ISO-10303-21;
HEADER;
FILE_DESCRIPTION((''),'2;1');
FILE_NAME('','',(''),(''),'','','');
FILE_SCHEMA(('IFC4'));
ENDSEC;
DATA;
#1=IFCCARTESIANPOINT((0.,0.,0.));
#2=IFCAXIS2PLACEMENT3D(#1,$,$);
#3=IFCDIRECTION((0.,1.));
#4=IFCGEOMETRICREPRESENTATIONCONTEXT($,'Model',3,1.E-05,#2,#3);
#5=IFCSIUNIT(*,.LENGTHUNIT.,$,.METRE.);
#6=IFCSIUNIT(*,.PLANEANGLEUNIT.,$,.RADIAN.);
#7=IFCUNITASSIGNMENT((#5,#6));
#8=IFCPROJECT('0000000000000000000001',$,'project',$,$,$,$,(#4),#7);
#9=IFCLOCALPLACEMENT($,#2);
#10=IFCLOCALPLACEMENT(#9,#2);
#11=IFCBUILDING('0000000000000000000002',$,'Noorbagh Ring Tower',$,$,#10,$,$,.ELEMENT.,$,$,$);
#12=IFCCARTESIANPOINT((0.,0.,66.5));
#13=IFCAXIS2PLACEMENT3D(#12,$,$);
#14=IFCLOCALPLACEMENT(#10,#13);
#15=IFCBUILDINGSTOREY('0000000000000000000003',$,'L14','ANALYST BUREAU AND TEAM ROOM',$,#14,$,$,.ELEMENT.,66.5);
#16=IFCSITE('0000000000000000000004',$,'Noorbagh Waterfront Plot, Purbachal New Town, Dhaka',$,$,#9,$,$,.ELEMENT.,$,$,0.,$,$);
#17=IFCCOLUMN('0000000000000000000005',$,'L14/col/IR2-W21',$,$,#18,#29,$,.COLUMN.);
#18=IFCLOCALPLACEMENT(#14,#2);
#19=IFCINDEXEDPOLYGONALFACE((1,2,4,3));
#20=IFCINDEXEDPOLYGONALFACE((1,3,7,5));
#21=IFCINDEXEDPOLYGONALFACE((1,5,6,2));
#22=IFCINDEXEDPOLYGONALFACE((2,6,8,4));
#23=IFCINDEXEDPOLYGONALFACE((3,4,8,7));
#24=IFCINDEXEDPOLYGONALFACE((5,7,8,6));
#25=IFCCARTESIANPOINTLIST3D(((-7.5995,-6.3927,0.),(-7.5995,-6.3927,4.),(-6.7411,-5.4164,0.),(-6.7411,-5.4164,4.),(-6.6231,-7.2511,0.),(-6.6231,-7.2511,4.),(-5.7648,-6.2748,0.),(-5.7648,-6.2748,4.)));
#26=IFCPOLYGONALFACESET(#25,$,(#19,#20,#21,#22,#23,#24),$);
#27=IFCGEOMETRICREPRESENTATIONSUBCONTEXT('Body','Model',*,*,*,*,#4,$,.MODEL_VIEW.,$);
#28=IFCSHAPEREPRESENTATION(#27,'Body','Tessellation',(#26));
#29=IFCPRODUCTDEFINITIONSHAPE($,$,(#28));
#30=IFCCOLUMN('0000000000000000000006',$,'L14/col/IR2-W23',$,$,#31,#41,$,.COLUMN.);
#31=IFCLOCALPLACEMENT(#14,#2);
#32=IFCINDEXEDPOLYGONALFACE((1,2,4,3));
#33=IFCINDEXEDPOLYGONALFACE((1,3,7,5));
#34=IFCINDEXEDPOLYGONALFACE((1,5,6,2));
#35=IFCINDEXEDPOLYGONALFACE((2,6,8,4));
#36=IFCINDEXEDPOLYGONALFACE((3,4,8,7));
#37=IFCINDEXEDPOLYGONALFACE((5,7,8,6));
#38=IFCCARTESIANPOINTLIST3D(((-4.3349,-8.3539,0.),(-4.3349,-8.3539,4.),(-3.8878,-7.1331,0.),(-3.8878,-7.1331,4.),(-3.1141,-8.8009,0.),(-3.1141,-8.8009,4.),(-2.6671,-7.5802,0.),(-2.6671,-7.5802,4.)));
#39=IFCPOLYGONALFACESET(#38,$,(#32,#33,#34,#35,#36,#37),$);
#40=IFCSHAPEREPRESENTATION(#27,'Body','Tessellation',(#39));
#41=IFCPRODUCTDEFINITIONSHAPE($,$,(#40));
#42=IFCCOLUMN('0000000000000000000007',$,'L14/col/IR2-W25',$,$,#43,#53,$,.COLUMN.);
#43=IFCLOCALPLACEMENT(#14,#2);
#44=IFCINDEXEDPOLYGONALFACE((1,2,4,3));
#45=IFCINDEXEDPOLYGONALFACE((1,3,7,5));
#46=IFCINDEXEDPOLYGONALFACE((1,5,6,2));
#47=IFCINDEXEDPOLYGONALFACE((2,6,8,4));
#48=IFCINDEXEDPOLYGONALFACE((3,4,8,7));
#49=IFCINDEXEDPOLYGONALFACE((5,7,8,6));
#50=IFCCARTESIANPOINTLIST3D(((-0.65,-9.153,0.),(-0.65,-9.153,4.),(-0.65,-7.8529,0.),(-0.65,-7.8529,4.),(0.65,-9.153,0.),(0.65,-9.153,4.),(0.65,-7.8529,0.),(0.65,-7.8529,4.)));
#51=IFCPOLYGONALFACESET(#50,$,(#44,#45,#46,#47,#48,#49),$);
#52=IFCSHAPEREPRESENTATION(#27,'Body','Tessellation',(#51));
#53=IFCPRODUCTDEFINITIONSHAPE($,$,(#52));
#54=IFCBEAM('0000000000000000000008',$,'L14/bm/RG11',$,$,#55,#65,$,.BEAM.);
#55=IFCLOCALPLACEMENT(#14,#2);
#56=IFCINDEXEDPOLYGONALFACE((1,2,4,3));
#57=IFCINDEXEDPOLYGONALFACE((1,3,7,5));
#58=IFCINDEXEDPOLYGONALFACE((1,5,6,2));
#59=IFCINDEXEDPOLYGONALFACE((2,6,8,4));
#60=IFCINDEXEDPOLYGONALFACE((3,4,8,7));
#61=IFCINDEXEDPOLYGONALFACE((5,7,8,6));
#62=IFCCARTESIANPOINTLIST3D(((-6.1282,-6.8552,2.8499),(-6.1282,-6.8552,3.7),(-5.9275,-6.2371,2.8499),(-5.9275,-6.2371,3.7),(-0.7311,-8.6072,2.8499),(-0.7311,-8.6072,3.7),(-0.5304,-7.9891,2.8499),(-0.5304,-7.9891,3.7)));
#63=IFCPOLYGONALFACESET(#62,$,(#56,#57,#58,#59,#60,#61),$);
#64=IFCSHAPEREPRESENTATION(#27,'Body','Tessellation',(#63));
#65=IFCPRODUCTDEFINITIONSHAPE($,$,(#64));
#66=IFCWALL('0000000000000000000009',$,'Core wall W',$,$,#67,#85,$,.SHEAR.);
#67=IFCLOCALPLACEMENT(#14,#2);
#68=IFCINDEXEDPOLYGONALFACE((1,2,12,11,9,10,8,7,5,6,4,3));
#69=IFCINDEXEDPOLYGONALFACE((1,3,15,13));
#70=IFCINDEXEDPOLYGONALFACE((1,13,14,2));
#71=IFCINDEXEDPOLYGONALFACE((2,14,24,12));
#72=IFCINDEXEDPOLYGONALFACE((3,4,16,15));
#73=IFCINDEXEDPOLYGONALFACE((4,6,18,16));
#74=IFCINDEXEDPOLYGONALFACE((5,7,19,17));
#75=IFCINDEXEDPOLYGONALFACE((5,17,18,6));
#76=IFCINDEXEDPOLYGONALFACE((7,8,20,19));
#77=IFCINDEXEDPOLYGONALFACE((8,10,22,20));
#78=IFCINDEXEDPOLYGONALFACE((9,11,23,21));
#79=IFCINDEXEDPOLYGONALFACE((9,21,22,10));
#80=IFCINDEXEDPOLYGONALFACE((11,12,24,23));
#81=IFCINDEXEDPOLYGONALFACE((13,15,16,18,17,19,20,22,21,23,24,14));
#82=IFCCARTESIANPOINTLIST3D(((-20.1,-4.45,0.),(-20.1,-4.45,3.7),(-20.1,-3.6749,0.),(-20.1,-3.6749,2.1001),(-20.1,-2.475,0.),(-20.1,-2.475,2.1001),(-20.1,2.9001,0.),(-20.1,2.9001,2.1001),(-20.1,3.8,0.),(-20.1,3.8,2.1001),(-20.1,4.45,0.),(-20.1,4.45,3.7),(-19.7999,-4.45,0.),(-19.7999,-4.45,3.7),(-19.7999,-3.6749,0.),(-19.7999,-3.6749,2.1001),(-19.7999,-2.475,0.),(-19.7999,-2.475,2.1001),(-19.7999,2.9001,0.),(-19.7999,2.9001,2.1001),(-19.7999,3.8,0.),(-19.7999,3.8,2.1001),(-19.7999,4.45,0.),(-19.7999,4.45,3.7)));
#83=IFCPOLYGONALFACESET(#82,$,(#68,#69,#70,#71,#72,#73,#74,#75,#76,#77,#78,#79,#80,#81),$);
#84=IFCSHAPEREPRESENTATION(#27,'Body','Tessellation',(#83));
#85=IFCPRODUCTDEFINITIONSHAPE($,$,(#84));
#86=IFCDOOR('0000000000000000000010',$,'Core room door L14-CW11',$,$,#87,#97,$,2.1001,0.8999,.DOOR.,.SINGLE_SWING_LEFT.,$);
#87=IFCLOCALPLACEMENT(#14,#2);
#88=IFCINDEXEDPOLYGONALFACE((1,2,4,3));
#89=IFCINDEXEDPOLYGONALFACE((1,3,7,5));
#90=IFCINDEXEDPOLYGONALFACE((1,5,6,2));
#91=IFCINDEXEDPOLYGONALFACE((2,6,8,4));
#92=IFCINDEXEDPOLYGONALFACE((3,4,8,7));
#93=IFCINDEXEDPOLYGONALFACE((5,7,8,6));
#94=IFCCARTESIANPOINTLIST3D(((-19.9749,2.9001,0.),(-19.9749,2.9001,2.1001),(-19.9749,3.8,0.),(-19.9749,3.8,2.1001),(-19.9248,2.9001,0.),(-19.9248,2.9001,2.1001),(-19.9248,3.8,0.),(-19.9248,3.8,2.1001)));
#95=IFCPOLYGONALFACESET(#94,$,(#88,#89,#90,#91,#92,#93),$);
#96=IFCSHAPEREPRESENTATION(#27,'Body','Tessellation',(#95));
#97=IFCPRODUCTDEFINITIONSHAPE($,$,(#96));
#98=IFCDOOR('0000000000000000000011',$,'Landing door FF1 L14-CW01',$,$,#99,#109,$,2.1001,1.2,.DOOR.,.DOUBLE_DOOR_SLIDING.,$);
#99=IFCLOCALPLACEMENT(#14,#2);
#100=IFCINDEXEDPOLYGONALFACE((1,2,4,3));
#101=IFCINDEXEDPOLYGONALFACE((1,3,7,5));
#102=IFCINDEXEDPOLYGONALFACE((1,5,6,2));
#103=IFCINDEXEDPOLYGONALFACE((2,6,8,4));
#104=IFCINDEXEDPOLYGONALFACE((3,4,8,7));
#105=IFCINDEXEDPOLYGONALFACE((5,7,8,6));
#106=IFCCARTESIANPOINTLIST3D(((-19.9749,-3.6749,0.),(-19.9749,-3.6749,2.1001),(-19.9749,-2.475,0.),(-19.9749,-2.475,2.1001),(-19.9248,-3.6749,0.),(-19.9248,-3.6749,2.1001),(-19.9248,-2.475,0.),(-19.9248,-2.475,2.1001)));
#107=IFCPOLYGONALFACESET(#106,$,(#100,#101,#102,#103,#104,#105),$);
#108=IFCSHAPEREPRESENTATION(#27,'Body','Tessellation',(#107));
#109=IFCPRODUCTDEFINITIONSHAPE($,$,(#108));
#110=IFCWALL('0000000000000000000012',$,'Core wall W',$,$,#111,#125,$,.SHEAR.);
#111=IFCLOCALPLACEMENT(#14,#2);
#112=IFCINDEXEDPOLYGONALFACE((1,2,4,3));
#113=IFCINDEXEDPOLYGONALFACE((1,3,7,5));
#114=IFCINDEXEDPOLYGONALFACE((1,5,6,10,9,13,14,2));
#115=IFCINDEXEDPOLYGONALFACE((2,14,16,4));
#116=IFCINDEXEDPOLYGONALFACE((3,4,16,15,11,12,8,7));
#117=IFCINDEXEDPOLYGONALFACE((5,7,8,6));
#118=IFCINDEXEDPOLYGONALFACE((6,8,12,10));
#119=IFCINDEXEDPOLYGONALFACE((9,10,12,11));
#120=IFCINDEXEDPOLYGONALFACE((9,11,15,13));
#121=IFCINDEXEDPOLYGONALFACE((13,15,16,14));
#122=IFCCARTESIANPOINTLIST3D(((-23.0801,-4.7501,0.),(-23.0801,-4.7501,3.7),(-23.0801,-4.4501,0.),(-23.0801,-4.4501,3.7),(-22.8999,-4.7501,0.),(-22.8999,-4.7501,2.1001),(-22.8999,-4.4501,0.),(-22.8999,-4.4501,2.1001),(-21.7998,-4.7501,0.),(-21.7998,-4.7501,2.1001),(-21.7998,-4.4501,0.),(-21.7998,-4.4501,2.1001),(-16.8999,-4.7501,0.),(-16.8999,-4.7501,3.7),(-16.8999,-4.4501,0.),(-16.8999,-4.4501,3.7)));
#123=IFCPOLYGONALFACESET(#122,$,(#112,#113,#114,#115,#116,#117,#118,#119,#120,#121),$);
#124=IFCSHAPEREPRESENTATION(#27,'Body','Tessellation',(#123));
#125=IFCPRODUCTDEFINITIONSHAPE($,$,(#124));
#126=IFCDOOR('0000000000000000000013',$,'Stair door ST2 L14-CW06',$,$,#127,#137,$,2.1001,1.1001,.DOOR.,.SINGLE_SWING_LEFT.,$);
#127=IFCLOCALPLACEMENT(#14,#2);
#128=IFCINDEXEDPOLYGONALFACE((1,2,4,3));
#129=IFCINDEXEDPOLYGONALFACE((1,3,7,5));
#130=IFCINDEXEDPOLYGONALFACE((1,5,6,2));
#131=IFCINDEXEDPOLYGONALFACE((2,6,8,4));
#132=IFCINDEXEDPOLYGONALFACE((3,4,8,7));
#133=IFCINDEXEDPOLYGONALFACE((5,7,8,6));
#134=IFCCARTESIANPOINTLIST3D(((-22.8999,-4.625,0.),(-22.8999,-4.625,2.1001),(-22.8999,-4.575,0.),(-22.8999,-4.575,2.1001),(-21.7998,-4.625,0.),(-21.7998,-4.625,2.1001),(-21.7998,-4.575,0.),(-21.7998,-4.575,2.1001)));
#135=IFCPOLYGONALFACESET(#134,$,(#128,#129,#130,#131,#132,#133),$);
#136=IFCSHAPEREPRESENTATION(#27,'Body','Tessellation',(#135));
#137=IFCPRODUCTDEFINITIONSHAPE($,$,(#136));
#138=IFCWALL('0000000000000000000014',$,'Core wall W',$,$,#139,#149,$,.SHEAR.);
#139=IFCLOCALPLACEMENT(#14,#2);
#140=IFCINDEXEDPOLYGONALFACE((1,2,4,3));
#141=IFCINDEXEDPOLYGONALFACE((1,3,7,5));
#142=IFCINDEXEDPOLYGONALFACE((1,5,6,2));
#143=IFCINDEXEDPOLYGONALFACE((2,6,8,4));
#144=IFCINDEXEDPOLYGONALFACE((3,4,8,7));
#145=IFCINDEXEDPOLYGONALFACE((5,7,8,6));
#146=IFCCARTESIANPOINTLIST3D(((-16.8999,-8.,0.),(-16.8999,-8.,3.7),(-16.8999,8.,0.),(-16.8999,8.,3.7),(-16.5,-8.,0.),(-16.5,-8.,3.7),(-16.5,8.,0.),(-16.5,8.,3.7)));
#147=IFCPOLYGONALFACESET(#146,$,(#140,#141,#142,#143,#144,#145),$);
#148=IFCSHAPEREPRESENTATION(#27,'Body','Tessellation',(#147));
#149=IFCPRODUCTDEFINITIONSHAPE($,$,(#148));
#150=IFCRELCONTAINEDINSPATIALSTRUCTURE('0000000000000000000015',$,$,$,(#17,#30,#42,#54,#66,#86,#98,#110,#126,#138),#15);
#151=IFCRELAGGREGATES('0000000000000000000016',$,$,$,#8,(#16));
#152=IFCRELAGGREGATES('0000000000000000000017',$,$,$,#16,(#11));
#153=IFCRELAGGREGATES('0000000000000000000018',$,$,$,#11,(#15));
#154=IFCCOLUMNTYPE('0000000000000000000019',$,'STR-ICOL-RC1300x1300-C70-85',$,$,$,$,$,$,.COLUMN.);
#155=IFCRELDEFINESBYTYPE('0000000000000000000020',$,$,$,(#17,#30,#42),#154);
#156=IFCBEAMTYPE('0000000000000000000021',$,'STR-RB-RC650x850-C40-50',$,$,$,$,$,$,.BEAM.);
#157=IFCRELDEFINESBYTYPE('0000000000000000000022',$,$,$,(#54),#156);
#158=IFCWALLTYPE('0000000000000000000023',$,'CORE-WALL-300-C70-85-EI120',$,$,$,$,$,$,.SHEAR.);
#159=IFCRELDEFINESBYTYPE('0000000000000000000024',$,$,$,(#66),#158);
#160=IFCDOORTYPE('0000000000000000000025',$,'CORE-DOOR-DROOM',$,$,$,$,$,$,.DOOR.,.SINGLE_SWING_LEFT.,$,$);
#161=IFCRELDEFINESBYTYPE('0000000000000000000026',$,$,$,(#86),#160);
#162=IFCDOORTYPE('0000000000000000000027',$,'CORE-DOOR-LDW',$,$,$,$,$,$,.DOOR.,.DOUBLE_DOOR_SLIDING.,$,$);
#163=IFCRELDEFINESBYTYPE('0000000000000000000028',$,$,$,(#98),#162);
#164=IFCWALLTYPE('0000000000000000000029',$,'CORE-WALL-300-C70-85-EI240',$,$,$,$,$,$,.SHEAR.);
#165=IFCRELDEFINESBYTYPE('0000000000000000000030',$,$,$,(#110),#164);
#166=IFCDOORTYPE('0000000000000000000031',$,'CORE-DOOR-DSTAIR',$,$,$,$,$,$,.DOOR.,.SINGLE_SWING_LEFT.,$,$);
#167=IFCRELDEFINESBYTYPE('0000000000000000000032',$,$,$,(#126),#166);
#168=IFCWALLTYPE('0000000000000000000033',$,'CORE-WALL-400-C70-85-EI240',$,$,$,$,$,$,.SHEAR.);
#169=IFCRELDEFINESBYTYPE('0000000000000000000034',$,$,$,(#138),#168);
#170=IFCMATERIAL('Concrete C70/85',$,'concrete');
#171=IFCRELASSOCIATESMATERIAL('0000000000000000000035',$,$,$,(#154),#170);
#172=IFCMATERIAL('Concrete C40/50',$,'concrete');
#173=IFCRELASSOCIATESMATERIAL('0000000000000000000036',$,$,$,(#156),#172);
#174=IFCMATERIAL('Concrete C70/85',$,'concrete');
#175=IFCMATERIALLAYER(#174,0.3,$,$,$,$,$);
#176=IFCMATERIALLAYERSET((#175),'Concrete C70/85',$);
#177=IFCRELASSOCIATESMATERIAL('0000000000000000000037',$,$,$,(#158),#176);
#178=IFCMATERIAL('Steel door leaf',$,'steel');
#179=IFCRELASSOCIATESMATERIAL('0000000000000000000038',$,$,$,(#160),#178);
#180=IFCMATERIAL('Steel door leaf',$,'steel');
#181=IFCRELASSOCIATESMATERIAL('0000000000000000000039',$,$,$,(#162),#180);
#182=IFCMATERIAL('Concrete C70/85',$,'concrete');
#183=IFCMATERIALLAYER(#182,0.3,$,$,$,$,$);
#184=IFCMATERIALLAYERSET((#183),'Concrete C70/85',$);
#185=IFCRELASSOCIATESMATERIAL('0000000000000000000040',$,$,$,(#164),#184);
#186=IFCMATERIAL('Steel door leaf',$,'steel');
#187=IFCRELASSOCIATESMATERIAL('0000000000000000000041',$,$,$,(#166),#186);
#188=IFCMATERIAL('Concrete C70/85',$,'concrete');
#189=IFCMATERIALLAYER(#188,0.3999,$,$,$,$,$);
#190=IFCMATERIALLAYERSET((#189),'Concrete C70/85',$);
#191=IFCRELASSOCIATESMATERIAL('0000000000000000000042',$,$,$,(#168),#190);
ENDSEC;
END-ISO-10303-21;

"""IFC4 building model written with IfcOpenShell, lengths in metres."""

from ifc_helpers import new_model, si_unit, direction, frame, frame_2d, origin, origin_2d, place, context, subcontext, project, spatial, rectangle, extrude, material, layer, layer_set, material_profile, profile_set, type_object, element, fill, save


model = new_model("IFC4")

# Units and contexts
model_context = context("Model", 3, precision=1e-05, world=origin(), true_north=direction((0.0, 1.0)))
body_context = subcontext(model_context, "Body", "Model", "MODEL_VIEW")
ifc_project = project(units=[si_unit("LENGTHUNIT", "METRE"), si_unit("PLANEANGLEUNIT", "RADIAN")], contexts=[model_context])

# Site, building, storey
site_placement = place(None, origin())
site = spatial("IfcSite", under=ifc_project, at=site_placement, Name="Noorbagh Waterfront Plot, Purbachal New Town, Dhaka", CompositionType="ELEMENT", RefElevation=0.0)
building_placement = place(site_placement, origin())
building = spatial("IfcBuilding", under=site, at=building_placement, Name="Noorbagh Ring Tower", CompositionType="ELEMENT")
storey_placement = place(building_placement, frame((0.0, 0.0, 66.5)))
storey = spatial("IfcBuildingStorey", under=building, at=storey_placement, Name="L14", Description="ANALYST BUREAU AND TEAM ROOM", CompositionType="ELEMENT", Elevation=66.5)

# Columns
ifc_material_1 = material(Name="Concrete C70/85", Category="concrete")
ifc_material_profile_1 = material_profile(ifc_material_1, rectangle(XDim=1.3, YDim=1.3, at=origin_2d()), Name="RC1300x1300")
ifc_profile_set_1 = profile_set([ifc_material_profile_1], Name="Concrete C70/85")
column_type = type_object("IfcColumnType", Name="STR-ICOL-RC1300x1300-C70-85", PredefinedType="COLUMN", material=ifc_profile_set_1)
for number, where, z_axis, x_axis, name in (
    (1, (-6.6821, -6.3337, 0.0), (0.0, 0.0, 1.0), (0.751022, -0.660277, 0.0), "L14/col/IR2-W21"),
    (2, (-3.501, -7.967, 0.0), (0.0, 0.0, 1.0), (0.93902, -0.343864, 0.0), "L14/col/IR2-W23"),
    (3, (0.0, -8.5029, 0.0), (0.0, 0.0, 1.0), (1.0, 0.0, 0.0), "L14/col/IR2-W25"),
):
    element("IfcColumn", number, at=place(storey_placement, frame(where, z_axis=z_axis, x_axis=x_axis)), inside=storey, type_object=column_type, Name=name, PredefinedType="COLUMN", context=body_context, shape_type="SweptSolid", body=[
        extrude(rectangle(XDim=1.3, YDim=1.3, at=origin_2d()), origin(), (0.0, 0.0, 1.0), 4.0),
    ])

# Beam
ifc_material_2 = material(Name="Concrete C40/50", Category="concrete")
ifc_material_profile_2 = material_profile(ifc_material_2, rectangle(XDim=0.6499, YDim=0.8501, at=origin_2d()), Name="RC650x850")
ifc_profile_set_2 = profile_set([ifc_material_profile_2], Name="Concrete C40/50")
beam_type = type_object("IfcBeamType", Name="STR-RB-RC650x850-C40-50", PredefinedType="BEAM", material=ifc_profile_set_2)
beam_placement = place(storey_placement, frame((-6.0278, -6.5461, 3.2749), z_axis=(0.951141, -0.308757, 0.0), x_axis=(0.308757, 0.951141, 0.0)))
element("IfcBeam", 4, at=beam_placement, inside=storey, type_object=beam_type, Name="L14/bm/RG11", PredefinedType="BEAM", context=body_context, shape_type="SweptSolid", body=[
    extrude(rectangle(XDim=0.6499, YDim=0.8501, at=origin_2d()), origin(), (0.0, 0.0, 1.0), 5.6743),
])

# Wall, openings, doors
ifc_material_3 = material(Name="Concrete C70/85", Category="concrete")
ifc_layer_1 = layer(ifc_material_3, 0.3)
ifc_layer_set_1 = layer_set([ifc_layer_1], Name="Concrete C70/85")
wall_type_1 = type_object("IfcWallType", Name="CORE-WALL-300-C70-85-EI120", PredefinedType="SHEAR", material=ifc_layer_set_1)
wall_1_placement = place(storey_placement, frame((-19.95, -4.45, 0.0), z_axis=(0.0, 0.0, 1.0), x_axis=(0.0, 1.0, 0.0)))
wall_1 = element("IfcWall", 5, at=wall_1_placement, inside=storey, type_object=wall_type_1, Name="Core wall W", PredefinedType="SHEAR", context=body_context, shape_type="SweptSolid", body=[
    extrude(rectangle(XDim=8.8999, YDim=0.3, at=frame_2d((4.45, 0.0))), origin(), (0.0, 0.0, 1.0), 3.7),
])
opening_1_placement = place(wall_1_placement, frame((0.7749, 0.0, 0.0)))
opening_1 = element("IfcOpeningElement", 6, at=opening_1_placement, cuts=wall_1, PredefinedType="OPENING", context=body_context, shape_type="SweptSolid", body=[
    extrude(rectangle(XDim=1.2, YDim=2.1001, at=frame_2d((0.6001, 1.05))), frame((0.0, 0.1602, 0.0), z_axis=(0.0, -1.0, 0.0), x_axis=(1.0, 0.0, 0.0)), (0.0, 0.0, 1.0), 0.3201),
])
opening_2_placement = place(wall_1_placement, frame((7.3501, 0.0, 0.0)))
opening_2 = element("IfcOpeningElement", 7, at=opening_2_placement, cuts=wall_1, PredefinedType="OPENING", context=body_context, shape_type="SweptSolid", body=[
    extrude(rectangle(XDim=0.8999, YDim=2.1001, at=frame_2d((0.45, 1.05))), frame((0.0, 0.1602, 0.0), z_axis=(0.0, -1.0, 0.0), x_axis=(1.0, 0.0, 0.0)), (0.0, 0.0, 1.0), 0.3201),
])
ifc_material_4 = material(Name="Steel door leaf", Category="steel")
door_type_1 = type_object("IfcDoorType", Name="CORE-DOOR-DROOM", OperationType="SINGLE_SWING_LEFT", PredefinedType="DOOR", material=ifc_material_4)
door_1_placement = place(opening_2_placement, origin())
door_1 = element("IfcDoor", 8, at=door_1_placement, inside=storey, type_object=door_type_1, Name="Core room door L14-CW11", OperationType="SINGLE_SWING_LEFT", OverallHeight=2.1001, OverallWidth=0.8999, PredefinedType="DOOR", context=body_context, shape_type="SweptSolid", body=[
    extrude(rectangle(XDim=0.8999, YDim=2.1001, at=frame_2d((0.45, 1.05))), frame((0.0, 0.0249, 0.0), z_axis=(0.0, -1.0, 0.0), x_axis=(1.0, 0.0, 0.0)), (0.0, 0.0, 1.0), 0.05),
])
fill(opening_2, door_1)
ifc_material_5 = material(Name="Steel door leaf", Category="steel")
door_type_2 = type_object("IfcDoorType", Name="CORE-DOOR-LDW", OperationType="DOUBLE_DOOR_SLIDING", PredefinedType="DOOR", material=ifc_material_5)
door_2_placement = place(opening_1_placement, origin())
door_2 = element("IfcDoor", 9, at=door_2_placement, inside=storey, type_object=door_type_2, Name="Landing door FF1 L14-CW01", OperationType="DOUBLE_DOOR_SLIDING", OverallHeight=2.1001, OverallWidth=1.2, PredefinedType="DOOR", context=body_context, shape_type="SweptSolid", body=[
    extrude(rectangle(XDim=1.2, YDim=2.1001, at=frame_2d((0.6001, 1.05))), frame((0.0, 0.0249, 0.0), z_axis=(0.0, -1.0, 0.0), x_axis=(1.0, 0.0, 0.0)), (0.0, 0.0, 1.0), 0.05),
])
fill(opening_1, door_2)

# Wall, opening, door
ifc_material_6 = material(Name="Concrete C70/85", Category="concrete")
ifc_layer_2 = layer(ifc_material_6, 0.3)
ifc_layer_set_2 = layer_set([ifc_layer_2], Name="Concrete C70/85")
wall_type_2 = type_object("IfcWallType", Name="CORE-WALL-300-C70-85-EI240", PredefinedType="SHEAR", material=ifc_layer_set_2)
wall_2_placement = place(storey_placement, frame((-16.8999, -4.6001, 0.0), z_axis=(0.0, 0.0, 1.0), x_axis=(-1.0, 0.0, 0.0)))
wall_2 = element("IfcWall", 10, at=wall_2_placement, inside=storey, type_object=wall_type_2, Name="Core wall W", PredefinedType="SHEAR", context=body_context, shape_type="SweptSolid", body=[
    extrude(rectangle(XDim=6.1802, YDim=0.3, at=frame_2d((3.0901, 0.0))), origin(), (0.0, 0.0, 1.0), 3.7),
])
opening_3_placement = place(wall_2_placement, frame((4.8999, 0.0, 0.0)))
opening_3 = element("IfcOpeningElement", 11, at=opening_3_placement, cuts=wall_2, PredefinedType="OPENING", context=body_context, shape_type="SweptSolid", body=[
    extrude(rectangle(XDim=1.1001, YDim=2.1001, at=frame_2d((0.55, 1.05))), frame((0.0, 0.1602, 0.0), z_axis=(0.0, -1.0, 0.0), x_axis=(1.0, 0.0, 0.0)), (0.0, 0.0, 1.0), 0.3201),
])
ifc_material_7 = material(Name="Steel door leaf", Category="steel")
door_type_3 = type_object("IfcDoorType", Name="CORE-DOOR-DSTAIR", OperationType="SINGLE_SWING_LEFT", PredefinedType="DOOR", material=ifc_material_7)
door_3_placement = place(opening_3_placement, origin())
door_3 = element("IfcDoor", 12, at=door_3_placement, inside=storey, type_object=door_type_3, Name="Stair door ST2 L14-CW06", OperationType="SINGLE_SWING_LEFT", OverallHeight=2.1001, OverallWidth=1.1001, PredefinedType="DOOR", context=body_context, shape_type="SweptSolid", body=[
    extrude(rectangle(XDim=1.1001, YDim=2.1001, at=frame_2d((0.55, 1.05))), frame((0.0, 0.0249, 0.0), z_axis=(0.0, -1.0, 0.0), x_axis=(1.0, 0.0, 0.0)), (0.0, 0.0, 1.0), 0.05),
])
fill(opening_3, door_3)

# Wall
ifc_material_8 = material(Name="Concrete C70/85", Category="concrete")
ifc_layer_3 = layer(ifc_material_8, 0.3999)
ifc_layer_set_3 = layer_set([ifc_layer_3], Name="Concrete C70/85")
wall_type_3 = type_object("IfcWallType", Name="CORE-WALL-400-C70-85-EI240", PredefinedType="SHEAR", material=ifc_layer_set_3)
wall_3_placement = place(storey_placement, frame((-16.7, -8.0, 0.0), z_axis=(0.0, 0.0, 1.0), x_axis=(0.0, 1.0, 0.0)))
element("IfcWall", 13, at=wall_3_placement, inside=storey, type_object=wall_type_3, Name="Core wall W", PredefinedType="SHEAR", context=body_context, shape_type="SweptSolid", body=[
    extrude(rectangle(XDim=16.0, YDim=0.3999, at=frame_2d((8.0, 0.0))), origin(), (0.0, 0.0, 1.0), 3.7),
])

save(model, "model.ifc")
